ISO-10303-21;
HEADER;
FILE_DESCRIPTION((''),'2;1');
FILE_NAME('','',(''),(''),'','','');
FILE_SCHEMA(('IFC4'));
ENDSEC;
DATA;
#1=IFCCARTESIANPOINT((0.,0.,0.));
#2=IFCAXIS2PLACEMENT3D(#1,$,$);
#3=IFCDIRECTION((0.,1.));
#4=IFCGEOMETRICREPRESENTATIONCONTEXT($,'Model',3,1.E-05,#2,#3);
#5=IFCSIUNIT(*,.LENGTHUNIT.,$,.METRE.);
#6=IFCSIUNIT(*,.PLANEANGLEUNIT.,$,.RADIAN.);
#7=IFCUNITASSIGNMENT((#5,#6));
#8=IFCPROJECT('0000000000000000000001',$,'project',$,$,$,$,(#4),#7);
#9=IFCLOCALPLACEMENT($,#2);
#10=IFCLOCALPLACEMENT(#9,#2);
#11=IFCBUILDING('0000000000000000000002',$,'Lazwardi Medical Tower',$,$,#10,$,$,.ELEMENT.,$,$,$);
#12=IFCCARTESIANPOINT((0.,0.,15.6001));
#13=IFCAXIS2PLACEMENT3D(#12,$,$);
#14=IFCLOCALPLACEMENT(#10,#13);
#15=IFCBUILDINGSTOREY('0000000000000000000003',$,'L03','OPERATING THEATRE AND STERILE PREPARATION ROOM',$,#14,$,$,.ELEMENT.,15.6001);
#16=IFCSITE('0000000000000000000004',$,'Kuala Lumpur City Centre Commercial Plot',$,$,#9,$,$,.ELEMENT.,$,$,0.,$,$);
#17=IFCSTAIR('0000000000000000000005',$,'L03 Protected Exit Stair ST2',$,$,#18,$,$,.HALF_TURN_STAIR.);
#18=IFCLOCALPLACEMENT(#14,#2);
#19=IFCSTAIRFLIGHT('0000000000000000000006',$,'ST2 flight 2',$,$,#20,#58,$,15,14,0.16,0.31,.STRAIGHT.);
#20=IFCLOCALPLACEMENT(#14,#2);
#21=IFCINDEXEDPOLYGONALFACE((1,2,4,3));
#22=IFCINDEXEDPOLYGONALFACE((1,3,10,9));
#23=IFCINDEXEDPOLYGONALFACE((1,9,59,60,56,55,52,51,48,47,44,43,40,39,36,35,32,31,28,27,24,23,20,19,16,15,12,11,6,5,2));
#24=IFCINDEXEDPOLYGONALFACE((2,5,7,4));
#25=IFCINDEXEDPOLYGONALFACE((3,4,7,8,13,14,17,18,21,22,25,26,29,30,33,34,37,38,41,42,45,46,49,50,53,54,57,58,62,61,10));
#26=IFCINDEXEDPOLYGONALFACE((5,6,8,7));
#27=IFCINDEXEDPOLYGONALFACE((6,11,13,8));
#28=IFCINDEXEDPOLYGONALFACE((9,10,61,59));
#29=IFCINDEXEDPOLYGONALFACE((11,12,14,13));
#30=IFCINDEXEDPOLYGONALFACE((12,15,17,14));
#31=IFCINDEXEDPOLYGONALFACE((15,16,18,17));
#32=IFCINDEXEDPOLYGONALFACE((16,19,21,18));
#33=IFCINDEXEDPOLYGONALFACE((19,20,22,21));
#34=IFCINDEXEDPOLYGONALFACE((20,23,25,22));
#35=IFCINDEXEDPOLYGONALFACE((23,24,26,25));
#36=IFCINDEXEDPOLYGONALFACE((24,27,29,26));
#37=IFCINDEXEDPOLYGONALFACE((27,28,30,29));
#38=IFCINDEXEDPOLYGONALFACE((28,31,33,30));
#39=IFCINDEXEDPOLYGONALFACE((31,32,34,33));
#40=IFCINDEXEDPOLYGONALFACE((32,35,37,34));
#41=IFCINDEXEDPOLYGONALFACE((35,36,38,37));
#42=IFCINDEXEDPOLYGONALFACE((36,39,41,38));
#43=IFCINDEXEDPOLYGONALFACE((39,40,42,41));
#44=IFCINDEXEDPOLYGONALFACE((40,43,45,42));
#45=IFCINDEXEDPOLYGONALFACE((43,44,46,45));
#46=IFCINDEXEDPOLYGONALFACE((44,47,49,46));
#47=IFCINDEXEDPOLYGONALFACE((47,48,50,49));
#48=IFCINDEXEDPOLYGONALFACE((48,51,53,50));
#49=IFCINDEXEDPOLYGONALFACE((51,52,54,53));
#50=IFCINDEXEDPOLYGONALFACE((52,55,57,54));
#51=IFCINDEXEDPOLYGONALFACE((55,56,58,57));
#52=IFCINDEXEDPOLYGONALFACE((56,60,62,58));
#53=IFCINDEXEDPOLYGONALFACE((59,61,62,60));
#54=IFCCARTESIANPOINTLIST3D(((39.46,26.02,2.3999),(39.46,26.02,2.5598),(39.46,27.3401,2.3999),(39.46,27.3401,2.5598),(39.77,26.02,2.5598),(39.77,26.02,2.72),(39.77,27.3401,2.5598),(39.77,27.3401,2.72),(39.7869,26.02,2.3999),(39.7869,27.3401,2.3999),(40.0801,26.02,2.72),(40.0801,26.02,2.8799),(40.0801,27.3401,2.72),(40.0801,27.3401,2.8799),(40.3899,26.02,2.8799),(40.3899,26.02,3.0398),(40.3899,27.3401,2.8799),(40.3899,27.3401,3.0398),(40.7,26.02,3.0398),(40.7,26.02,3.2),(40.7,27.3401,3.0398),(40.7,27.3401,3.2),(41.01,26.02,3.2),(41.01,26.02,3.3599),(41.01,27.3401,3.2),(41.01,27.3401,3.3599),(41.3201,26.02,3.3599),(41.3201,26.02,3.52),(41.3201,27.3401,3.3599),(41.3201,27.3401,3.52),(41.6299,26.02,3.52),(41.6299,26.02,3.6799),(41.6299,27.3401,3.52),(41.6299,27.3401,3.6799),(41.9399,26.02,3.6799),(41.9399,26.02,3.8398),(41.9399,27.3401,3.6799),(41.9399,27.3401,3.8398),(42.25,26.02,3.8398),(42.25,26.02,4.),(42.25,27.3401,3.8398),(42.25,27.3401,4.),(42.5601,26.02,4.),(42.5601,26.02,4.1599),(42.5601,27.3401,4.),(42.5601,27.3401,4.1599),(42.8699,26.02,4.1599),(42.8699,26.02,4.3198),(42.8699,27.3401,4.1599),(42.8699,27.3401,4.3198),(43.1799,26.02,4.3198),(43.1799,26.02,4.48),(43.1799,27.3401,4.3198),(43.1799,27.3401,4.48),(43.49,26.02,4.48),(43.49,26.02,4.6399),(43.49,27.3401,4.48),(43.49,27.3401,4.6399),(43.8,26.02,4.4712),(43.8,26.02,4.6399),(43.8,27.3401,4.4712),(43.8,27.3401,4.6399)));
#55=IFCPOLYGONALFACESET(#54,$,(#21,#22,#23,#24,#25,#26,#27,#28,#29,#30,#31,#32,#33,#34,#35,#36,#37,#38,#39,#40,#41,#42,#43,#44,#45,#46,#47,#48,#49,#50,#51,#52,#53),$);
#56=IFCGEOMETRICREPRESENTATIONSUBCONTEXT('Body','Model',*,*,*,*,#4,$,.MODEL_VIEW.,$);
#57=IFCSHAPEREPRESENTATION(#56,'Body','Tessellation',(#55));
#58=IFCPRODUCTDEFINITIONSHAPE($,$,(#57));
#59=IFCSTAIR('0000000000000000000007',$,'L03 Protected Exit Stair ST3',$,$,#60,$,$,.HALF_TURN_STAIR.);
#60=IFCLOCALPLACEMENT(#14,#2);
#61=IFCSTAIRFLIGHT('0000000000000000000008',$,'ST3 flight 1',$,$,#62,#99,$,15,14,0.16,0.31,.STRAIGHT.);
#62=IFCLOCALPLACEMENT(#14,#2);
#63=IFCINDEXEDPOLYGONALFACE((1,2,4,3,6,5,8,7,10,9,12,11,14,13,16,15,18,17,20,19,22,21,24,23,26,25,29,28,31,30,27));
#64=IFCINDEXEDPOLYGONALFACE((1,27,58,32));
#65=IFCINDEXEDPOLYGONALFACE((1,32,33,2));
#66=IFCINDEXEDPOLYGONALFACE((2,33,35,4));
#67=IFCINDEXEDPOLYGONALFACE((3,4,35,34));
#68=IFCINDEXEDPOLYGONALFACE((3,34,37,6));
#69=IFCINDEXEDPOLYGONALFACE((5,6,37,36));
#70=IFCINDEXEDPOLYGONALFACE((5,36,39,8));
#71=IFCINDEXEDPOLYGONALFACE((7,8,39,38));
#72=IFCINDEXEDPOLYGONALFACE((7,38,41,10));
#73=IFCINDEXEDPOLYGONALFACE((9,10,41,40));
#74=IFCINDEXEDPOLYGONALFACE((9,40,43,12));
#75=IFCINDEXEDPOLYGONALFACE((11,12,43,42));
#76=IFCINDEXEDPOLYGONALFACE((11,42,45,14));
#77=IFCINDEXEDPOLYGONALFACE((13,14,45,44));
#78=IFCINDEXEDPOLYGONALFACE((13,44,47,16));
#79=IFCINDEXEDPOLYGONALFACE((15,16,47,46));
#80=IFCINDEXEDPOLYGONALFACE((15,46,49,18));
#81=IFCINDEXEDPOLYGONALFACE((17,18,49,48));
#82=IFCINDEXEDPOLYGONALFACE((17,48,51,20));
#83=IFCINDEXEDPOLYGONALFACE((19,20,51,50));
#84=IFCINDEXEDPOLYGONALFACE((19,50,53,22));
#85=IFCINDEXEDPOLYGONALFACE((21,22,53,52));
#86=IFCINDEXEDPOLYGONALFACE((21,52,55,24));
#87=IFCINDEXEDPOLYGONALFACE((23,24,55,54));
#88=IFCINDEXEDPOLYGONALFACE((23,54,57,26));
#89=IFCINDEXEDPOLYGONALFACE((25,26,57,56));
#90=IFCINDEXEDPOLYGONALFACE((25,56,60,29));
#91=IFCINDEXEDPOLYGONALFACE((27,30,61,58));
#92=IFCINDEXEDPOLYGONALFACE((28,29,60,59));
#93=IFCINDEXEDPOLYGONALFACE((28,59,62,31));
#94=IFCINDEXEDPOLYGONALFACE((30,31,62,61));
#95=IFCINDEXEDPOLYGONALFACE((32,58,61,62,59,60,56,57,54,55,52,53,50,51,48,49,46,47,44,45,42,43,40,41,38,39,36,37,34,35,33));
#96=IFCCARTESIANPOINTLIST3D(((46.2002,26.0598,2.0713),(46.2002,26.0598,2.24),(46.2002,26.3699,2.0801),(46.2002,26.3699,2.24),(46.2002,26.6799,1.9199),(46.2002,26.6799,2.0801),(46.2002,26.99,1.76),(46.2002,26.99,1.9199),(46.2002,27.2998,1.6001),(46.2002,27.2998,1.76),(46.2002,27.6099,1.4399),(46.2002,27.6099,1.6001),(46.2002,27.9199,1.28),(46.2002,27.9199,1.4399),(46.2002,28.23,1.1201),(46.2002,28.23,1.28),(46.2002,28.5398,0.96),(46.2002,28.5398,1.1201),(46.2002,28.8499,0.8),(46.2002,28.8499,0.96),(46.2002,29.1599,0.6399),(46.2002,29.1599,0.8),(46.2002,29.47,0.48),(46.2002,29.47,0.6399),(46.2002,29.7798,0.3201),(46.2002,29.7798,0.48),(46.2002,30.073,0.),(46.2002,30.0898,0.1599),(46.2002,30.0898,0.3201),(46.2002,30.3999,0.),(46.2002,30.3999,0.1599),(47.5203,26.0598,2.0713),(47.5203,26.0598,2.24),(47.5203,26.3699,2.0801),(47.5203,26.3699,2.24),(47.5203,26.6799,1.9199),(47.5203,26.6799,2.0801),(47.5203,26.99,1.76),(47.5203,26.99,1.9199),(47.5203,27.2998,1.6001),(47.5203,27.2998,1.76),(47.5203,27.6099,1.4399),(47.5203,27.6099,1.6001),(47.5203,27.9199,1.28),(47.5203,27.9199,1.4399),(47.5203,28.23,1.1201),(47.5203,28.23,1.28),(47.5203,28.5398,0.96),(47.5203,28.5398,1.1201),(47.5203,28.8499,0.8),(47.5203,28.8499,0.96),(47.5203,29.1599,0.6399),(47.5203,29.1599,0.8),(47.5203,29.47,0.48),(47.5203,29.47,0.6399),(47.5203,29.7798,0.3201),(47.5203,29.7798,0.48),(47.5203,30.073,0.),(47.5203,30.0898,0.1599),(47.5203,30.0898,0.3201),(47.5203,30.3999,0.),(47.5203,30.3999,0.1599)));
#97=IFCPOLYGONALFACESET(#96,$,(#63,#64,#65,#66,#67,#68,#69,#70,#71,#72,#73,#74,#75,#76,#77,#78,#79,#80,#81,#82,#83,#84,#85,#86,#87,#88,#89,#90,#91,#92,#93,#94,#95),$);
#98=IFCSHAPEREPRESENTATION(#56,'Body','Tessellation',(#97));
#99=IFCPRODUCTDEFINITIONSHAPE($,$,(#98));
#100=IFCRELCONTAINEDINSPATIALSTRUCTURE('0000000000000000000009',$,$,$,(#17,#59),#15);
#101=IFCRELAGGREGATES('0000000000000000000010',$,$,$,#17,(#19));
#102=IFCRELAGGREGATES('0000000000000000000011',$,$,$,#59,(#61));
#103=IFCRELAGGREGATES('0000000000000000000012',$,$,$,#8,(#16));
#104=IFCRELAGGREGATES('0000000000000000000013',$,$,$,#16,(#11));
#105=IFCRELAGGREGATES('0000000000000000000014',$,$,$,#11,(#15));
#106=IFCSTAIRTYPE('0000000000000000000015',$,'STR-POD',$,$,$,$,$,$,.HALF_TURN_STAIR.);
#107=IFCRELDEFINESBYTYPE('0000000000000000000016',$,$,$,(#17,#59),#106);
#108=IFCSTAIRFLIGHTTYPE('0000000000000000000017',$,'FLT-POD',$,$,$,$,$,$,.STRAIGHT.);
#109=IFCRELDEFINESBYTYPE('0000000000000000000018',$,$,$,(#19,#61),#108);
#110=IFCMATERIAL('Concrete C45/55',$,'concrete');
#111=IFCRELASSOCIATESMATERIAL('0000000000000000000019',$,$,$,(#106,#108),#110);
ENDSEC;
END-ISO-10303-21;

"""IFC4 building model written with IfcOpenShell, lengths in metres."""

from ifc_helpers import new_model, si_unit, direction, frame, origin, place, context, subcontext, project, spatial, polyline, outline, extrude, material, type_object, element, aggregate, save


model = new_model("IFC4")

# Units and contexts
model_context = context("Model", 3, precision=1e-05, world=origin(), true_north=direction((0.0, 1.0)))
body_context = subcontext(model_context, "Body", "Model", "MODEL_VIEW")
ifc_project = project(units=[si_unit("LENGTHUNIT", "METRE"), si_unit("PLANEANGLEUNIT", "RADIAN")], contexts=[model_context])

# Site, building, storey
site_placement = place(None, origin())
site = spatial("IfcSite", under=ifc_project, at=site_placement, Name="Kuala Lumpur City Centre Commercial Plot", CompositionType="ELEMENT", RefElevation=0.0)
building_placement = place(site_placement, origin())
building = spatial("IfcBuilding", under=site, at=building_placement, Name="Lazwardi Medical Tower", CompositionType="ELEMENT")
storey_placement = place(building_placement, frame((0.0, 0.0, 15.6001)))
storey = spatial("IfcBuildingStorey", under=building, at=storey_placement, Name="L03", Description="OPERATING THEATRE AND STERILE PREPARATION ROOM", CompositionType="ELEMENT", Elevation=15.6001)

# Stair, stair flight
ifc_material_1 = material(Name="Concrete C45/55", Category="concrete")
stair_type = type_object("IfcStairType", Name="STR-POD", PredefinedType="HALF_TURN_STAIR", material=ifc_material_1)
stair_1_placement = place(storey_placement, origin())
stair_1 = element("IfcStair", 1, at=stair_1_placement, inside=storey, type_object=stair_type, Name="L03 Protected Exit Stair ST2", PredefinedType="HALF_TURN_STAIR")
stair_flight_type = type_object("IfcStairFlightType", Name="FLT-POD", PredefinedType="STRAIGHT", material=ifc_material_1)
stair_flight_1_placement = place(storey_placement, frame((39.46, 26.6799, 2.3999), z_axis=(0.0, 0.0, 1.0), x_axis=(1.0, 0.0, 0.0)))
stair_flight_1 = element("IfcStairFlight", 2, at=stair_flight_1_placement, type_object=stair_flight_type, Name="ST2 flight 2", NumberOfRisers=15, NumberOfTreads=14, PredefinedType="STRAIGHT", RiserHeight=0.16, TreadLength=0.31, context=body_context, shape_type="SweptSolid", body=[
    extrude(outline(polyline([(0.0, 0.0), (0.0, 0.1599), (0.3101, 0.1599), (0.3101, 0.3201), (0.6201, 0.3201), (0.6201, 0.48), (0.9299, 0.48), (0.9299, 0.6399), (1.24, 0.6399), (1.24, 0.8), (1.55, 0.8), (1.55, 0.96), (1.8601, 0.96), (1.8601, 1.1201), (2.1699, 1.1201), (2.1699, 1.28), (2.48, 1.28), (2.48, 1.4399), (2.79, 1.4399), (2.79, 1.6001), (3.1001, 1.6001), (3.1001, 1.76), (3.4099, 1.76), (3.4099, 1.9199), (3.72, 1.9199), (3.72, 2.0801), (4.03, 2.0801), (4.03, 2.24), (4.3401, 2.24), (4.3401, 2.3999), (4.3401, 2.0713), (0.3269, 0.0), (0.0, 0.0)])), frame((0.0, 0.6602, 0.0), z_axis=(0.0, -1.0, 0.0), x_axis=(1.0, 0.0, 0.0)), (0.0, 0.0, 1.0), 1.3201),
])
aggregate(stair_1, [stair_flight_1])

# Stair, stair flight
stair_2_placement = place(storey_placement, origin())
stair_2 = element("IfcStair", 3, at=stair_2_placement, inside=storey, type_object=stair_type, Name="L03 Protected Exit Stair ST3", PredefinedType="HALF_TURN_STAIR")
stair_flight_2_placement = place(storey_placement, frame((46.8601, 30.3999, 0.0), z_axis=(0.0, 0.0, 1.0), x_axis=(0.0, -1.0, 0.0)))
stair_flight_2 = element("IfcStairFlight", 4, at=stair_flight_2_placement, type_object=stair_flight_type, Name="ST3 flight 1", NumberOfRisers=15, NumberOfTreads=14, PredefinedType="STRAIGHT", RiserHeight=0.16, TreadLength=0.31, context=body_context, shape_type="SweptSolid", body=[
    extrude(outline(polyline([(0.0, 0.0), (0.0, 0.1599), (0.3101, 0.1599), (0.3101, 0.3201), (0.6201, 0.3201), (0.6201, 0.48), (0.9299, 0.48), (0.9299, 0.6399), (1.24, 0.6399), (1.24, 0.8), (1.55, 0.8), (1.55, 0.96), (1.8601, 0.96), (1.8601, 1.1201), (2.1699, 1.1201), (2.1699, 1.28), (2.48, 1.28), (2.48, 1.4399), (2.79, 1.4399), (2.79, 1.6001), (3.1001, 1.6001), (3.1001, 1.76), (3.4099, 1.76), (3.4099, 1.9199), (3.72, 1.9199), (3.72, 2.0801), (4.03, 2.0801), (4.03, 2.24), (4.3401, 2.24), (4.3401, 2.3999), (4.3401, 2.0713), (0.3269, 0.0), (0.0, 0.0)])), frame((0.0, 0.6602, 0.0), z_axis=(0.0, -1.0, 0.0), x_axis=(1.0, 0.0, 0.0)), (0.0, 0.0, 1.0), 1.3201),
])
aggregate(stair_2, [stair_flight_2])

save(model, "model.ifc")
